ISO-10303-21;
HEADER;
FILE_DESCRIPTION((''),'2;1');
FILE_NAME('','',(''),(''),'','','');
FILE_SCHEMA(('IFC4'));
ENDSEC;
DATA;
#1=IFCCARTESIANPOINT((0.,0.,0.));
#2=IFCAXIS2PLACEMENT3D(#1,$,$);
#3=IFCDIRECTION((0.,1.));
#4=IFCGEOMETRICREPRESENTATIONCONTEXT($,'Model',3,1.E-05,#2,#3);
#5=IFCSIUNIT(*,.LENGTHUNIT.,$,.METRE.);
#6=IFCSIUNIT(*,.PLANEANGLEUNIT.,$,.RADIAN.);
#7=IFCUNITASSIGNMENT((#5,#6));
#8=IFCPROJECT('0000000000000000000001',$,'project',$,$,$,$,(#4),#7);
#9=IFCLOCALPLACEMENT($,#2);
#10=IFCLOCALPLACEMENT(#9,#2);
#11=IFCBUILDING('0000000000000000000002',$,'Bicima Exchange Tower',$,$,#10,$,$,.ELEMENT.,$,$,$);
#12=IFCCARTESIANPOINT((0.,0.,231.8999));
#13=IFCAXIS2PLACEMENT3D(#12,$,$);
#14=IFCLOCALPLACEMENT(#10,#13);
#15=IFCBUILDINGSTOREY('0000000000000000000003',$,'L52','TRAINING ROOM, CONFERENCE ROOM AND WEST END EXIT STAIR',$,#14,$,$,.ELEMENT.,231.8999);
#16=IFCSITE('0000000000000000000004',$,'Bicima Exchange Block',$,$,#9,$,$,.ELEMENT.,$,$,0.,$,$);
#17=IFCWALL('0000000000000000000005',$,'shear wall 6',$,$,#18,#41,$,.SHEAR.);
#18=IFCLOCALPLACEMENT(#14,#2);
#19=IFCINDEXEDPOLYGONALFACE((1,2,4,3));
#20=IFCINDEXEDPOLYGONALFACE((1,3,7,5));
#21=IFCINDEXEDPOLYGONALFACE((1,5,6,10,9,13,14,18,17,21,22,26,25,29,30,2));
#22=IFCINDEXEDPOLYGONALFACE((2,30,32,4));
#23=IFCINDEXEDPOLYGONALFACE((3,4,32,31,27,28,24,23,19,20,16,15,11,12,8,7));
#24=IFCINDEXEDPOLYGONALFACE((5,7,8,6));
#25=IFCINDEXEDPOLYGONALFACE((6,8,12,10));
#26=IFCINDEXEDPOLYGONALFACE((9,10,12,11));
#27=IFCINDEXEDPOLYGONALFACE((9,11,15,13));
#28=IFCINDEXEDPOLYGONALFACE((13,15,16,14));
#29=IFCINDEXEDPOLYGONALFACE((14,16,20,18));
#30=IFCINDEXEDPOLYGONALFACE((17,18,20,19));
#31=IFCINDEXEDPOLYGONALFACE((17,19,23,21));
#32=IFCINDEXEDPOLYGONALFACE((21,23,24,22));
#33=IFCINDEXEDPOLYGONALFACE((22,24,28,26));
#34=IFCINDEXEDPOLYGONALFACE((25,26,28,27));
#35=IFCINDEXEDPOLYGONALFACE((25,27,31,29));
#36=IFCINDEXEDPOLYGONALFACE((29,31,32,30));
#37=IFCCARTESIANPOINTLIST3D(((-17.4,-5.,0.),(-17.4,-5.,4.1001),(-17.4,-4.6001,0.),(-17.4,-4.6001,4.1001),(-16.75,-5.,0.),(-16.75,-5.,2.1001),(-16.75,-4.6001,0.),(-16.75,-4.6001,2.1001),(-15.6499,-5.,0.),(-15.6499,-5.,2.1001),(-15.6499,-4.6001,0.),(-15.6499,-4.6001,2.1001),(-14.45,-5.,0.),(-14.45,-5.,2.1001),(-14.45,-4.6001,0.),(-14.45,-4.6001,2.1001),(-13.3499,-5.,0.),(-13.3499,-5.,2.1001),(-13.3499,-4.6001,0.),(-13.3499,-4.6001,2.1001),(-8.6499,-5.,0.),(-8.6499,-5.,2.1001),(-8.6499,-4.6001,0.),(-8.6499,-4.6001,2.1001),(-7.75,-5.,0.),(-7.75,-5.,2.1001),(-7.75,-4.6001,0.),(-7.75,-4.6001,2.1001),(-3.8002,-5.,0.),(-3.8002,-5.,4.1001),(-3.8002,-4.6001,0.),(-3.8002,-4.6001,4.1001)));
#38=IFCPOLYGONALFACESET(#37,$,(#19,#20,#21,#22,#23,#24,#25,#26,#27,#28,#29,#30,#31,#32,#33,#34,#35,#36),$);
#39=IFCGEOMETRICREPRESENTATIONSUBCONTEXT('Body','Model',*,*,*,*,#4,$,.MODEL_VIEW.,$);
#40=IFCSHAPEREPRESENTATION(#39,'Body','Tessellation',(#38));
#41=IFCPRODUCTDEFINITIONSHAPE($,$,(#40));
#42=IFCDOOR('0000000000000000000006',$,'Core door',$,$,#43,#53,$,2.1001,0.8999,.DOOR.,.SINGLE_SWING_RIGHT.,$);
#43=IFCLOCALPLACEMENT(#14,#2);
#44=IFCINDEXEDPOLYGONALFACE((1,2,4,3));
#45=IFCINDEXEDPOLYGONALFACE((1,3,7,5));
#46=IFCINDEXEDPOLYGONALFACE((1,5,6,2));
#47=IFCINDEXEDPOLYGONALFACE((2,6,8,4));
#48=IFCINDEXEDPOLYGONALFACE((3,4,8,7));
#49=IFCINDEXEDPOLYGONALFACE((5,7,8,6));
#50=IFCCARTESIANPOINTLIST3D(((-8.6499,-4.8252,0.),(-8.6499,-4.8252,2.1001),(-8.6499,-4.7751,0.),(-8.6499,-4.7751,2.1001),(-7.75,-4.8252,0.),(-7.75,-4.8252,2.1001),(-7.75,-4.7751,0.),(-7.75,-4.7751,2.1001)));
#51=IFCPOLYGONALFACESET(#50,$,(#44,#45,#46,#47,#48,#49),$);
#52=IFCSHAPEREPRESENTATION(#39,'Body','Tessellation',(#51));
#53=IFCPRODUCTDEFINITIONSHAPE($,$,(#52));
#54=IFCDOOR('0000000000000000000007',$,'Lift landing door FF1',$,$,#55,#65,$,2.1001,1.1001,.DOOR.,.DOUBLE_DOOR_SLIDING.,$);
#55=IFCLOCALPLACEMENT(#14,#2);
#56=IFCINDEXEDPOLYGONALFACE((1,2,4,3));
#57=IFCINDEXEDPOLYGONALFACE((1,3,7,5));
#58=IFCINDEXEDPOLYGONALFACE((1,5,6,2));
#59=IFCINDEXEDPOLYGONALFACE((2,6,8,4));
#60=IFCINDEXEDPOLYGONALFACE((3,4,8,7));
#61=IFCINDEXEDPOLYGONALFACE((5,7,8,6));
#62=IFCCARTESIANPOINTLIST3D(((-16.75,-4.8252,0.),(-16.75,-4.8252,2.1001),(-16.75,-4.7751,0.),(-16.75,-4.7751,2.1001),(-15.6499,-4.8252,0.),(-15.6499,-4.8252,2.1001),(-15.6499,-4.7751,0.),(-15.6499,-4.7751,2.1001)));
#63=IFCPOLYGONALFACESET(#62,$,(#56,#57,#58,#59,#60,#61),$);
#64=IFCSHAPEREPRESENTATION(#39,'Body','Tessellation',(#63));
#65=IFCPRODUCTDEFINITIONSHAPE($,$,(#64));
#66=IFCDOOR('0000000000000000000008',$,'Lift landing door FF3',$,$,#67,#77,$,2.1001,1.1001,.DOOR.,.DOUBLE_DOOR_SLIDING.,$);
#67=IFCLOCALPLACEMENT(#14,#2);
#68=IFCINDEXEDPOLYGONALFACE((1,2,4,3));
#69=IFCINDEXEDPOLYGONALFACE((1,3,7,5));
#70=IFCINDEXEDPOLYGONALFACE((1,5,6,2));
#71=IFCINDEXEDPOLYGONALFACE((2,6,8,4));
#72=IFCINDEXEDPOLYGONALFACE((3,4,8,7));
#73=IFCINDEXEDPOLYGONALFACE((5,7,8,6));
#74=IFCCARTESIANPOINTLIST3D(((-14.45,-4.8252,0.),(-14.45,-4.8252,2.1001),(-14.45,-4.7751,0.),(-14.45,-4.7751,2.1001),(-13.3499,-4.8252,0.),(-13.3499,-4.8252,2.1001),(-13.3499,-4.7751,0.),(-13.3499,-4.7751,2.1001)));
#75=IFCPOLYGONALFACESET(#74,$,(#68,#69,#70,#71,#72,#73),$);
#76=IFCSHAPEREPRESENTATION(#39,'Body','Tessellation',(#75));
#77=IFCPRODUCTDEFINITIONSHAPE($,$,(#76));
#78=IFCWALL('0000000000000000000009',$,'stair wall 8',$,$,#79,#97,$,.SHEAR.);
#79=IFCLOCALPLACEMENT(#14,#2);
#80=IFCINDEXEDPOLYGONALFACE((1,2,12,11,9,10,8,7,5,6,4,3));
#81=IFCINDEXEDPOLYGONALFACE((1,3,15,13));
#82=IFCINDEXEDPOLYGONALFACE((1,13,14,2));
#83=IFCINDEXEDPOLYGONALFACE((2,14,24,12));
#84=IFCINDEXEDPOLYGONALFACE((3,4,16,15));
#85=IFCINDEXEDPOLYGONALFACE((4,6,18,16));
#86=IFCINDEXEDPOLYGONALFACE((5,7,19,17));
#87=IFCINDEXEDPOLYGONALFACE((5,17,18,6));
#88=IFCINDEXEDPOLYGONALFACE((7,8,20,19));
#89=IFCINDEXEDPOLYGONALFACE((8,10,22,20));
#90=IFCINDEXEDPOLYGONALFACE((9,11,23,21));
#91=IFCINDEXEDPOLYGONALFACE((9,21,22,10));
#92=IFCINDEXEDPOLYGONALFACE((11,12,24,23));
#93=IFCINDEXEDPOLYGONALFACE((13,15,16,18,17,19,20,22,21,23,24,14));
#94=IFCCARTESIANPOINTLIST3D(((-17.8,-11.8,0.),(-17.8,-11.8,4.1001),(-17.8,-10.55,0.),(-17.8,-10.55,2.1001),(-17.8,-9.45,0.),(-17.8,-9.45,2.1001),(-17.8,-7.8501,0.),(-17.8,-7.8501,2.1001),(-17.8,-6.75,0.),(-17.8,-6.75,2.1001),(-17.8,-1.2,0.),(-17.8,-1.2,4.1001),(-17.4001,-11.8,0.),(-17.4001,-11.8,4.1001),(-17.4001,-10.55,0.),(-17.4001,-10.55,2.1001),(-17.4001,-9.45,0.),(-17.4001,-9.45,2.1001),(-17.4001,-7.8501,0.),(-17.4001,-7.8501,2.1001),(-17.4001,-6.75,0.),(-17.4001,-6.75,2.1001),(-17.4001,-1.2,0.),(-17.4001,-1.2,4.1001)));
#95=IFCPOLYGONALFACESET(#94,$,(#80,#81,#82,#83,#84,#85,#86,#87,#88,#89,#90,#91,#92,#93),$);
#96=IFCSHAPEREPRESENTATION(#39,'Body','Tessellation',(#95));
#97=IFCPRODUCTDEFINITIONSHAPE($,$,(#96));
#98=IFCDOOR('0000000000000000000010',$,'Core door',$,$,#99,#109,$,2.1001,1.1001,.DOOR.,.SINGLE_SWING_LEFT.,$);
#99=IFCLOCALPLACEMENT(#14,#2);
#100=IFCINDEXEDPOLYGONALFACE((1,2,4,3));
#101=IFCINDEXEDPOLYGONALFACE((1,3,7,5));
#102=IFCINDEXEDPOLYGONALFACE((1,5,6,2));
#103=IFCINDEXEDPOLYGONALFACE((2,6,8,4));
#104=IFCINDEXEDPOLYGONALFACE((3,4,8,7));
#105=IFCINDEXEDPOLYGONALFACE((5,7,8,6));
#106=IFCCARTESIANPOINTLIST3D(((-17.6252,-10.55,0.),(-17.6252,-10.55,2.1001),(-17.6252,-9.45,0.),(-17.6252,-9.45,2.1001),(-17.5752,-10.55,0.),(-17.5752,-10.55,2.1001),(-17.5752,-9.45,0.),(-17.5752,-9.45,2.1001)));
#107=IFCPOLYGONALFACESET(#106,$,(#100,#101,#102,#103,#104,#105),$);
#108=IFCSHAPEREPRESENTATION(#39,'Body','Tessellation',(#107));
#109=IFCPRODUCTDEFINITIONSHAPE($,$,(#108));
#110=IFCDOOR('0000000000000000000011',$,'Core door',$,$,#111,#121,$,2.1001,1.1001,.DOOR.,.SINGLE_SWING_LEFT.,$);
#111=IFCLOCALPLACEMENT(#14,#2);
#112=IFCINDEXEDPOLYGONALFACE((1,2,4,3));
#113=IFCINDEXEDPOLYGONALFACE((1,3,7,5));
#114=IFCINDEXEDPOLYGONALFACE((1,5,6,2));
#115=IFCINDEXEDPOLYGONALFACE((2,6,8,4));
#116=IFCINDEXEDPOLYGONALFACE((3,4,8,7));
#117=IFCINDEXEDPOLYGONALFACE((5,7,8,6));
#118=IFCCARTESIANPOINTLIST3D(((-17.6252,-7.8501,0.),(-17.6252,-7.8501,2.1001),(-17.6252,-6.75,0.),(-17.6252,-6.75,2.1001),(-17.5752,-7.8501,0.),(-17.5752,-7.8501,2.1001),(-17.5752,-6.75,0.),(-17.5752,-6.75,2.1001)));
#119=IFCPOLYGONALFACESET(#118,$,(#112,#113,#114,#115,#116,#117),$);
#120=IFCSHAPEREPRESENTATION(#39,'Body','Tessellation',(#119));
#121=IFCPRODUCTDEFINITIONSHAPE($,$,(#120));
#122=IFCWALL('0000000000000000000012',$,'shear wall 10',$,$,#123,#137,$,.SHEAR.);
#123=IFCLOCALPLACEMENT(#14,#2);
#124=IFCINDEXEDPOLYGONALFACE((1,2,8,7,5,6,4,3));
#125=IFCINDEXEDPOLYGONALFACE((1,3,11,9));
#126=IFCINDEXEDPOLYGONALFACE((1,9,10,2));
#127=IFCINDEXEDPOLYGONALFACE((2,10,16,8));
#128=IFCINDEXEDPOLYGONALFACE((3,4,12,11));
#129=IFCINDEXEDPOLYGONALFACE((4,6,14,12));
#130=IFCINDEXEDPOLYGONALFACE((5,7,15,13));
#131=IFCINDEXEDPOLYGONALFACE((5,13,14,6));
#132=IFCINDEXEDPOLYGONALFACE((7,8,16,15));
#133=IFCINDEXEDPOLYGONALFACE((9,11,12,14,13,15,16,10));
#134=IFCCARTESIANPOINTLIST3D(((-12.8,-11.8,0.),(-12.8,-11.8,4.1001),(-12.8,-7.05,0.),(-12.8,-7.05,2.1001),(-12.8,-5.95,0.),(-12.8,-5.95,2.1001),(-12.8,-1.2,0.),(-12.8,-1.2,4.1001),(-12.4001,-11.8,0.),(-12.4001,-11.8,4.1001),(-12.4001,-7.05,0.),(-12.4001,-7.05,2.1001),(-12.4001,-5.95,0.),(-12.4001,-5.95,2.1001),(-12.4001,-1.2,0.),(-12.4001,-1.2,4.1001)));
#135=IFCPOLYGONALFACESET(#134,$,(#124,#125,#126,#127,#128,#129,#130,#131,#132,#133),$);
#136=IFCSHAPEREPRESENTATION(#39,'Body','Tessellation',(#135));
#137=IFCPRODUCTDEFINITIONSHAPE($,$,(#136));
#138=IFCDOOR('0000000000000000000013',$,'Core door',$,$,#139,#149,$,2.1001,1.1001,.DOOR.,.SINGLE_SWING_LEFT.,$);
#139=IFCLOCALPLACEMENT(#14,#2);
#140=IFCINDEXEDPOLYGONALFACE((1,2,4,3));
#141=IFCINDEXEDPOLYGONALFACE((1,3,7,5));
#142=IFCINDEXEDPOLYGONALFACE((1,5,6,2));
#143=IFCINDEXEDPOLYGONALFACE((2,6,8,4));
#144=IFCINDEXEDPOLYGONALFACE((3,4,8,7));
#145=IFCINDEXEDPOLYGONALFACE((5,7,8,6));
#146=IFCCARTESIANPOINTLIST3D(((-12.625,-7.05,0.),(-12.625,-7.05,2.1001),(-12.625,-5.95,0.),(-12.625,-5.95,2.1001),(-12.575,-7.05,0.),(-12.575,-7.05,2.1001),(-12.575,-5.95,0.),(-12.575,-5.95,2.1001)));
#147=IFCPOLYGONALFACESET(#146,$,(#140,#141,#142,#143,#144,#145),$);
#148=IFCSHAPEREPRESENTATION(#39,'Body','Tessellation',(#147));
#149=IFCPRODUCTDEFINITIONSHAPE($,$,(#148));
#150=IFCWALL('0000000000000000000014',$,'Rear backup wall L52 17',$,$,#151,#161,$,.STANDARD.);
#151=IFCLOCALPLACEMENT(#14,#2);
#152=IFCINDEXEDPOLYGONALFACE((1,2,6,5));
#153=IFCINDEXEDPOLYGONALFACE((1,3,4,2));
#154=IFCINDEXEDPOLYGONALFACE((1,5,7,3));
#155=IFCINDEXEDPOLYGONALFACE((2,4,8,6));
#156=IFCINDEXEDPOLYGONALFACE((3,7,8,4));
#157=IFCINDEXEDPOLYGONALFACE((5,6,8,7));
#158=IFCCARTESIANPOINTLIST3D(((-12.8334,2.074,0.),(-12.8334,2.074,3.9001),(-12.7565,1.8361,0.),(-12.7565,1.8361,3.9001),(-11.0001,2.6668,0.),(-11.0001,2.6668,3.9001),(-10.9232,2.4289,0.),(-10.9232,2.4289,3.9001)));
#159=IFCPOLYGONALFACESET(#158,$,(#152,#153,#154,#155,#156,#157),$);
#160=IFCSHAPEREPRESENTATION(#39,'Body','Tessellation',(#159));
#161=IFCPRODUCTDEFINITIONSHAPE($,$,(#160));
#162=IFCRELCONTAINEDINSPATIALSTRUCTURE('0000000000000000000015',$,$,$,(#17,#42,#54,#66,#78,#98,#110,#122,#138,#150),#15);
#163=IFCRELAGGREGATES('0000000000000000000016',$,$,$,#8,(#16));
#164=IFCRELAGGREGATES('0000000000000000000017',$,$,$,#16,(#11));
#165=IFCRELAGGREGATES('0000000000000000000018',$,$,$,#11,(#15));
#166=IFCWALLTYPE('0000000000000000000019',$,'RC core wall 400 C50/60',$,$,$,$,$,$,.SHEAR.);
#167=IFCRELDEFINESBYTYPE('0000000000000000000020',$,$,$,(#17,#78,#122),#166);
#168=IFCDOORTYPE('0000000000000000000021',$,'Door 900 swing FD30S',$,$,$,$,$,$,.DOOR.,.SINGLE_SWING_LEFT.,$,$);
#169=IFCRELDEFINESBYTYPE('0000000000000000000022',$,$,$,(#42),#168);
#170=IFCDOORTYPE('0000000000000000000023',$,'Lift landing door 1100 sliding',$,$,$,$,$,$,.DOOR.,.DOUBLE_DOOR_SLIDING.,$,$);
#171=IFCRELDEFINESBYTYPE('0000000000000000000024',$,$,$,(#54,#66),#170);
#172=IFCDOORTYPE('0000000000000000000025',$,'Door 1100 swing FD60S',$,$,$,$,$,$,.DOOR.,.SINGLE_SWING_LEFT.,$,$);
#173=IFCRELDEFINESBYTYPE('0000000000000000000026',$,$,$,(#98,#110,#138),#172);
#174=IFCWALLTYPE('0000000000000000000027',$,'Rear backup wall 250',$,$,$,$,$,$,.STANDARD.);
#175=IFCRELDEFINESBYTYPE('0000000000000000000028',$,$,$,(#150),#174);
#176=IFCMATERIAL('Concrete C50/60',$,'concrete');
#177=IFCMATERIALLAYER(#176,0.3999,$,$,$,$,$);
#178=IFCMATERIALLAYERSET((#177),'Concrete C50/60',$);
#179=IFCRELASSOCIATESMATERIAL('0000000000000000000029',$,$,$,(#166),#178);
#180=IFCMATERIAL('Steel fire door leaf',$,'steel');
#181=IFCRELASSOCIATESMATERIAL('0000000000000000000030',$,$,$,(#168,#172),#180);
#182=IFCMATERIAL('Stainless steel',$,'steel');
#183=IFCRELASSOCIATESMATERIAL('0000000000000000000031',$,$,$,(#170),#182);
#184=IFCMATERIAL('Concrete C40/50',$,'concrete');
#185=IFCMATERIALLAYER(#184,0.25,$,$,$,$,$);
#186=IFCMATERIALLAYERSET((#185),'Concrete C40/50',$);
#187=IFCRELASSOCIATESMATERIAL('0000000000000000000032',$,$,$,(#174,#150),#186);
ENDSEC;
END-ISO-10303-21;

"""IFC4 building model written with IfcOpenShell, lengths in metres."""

from ifc_helpers import new_model, si_unit, direction, frame, frame_2d, origin, place, context, subcontext, project, spatial, rectangle, extrude, material, layer, layer_set, layer_usage, type_object, element, fill, save


model = new_model("IFC4")

# Units and contexts
model_context = context("Model", 3, precision=1e-05, world=origin(), true_north=direction((0.0, 1.0)))
body_context = subcontext(model_context, "Body", "Model", "MODEL_VIEW")
ifc_project = project(units=[si_unit("LENGTHUNIT", "METRE"), si_unit("PLANEANGLEUNIT", "RADIAN")], contexts=[model_context])

# Site, building, storey
site_placement = place(None, origin())
site = spatial("IfcSite", under=ifc_project, at=site_placement, Name="Bicima Exchange Block", CompositionType="ELEMENT", RefElevation=0.0)
building_placement = place(site_placement, origin())
building = spatial("IfcBuilding", under=site, at=building_placement, Name="Bicima Exchange Tower", CompositionType="ELEMENT")
storey_placement = place(building_placement, frame((0.0, 0.0, 231.8999)))
storey = spatial("IfcBuildingStorey", under=building, at=storey_placement, Name="L52", Description="TRAINING ROOM, CONFERENCE ROOM AND WEST END EXIT STAIR", CompositionType="ELEMENT", Elevation=231.8999)

# Walls, openings, doors
ifc_material_1 = material(Name="Concrete C50/60", Category="concrete")
ifc_layer_1 = layer(ifc_material_1, 0.3999)
ifc_layer_set_1 = layer_set([ifc_layer_1], Name="Concrete C50/60")
wall_type_1 = type_object("IfcWallType", Name="RC core wall 400 C50/60", PredefinedType="SHEAR", material=ifc_layer_set_1)
ifc_material_2 = material(Name="Steel fire door leaf", Category="steel")
door_type_1 = type_object("IfcDoorType", Name="Door 900 swing FD30S", OperationType="SINGLE_SWING_LEFT", PredefinedType="DOOR", material=ifc_material_2)
ifc_material_3 = material(Name="Stainless steel", Category="steel")
wall_1_placement = place(storey_placement, frame((-17.3999, -4.8, 0.0), z_axis=(0.0, 0.0, 1.0), x_axis=(1.0, 0.0, 0.0)))
wall_1 = element("IfcWall", 1, at=wall_1_placement, inside=storey, type_object=wall_type_1, Name="shear wall 6", PredefinedType="SHEAR", context=body_context, shape_type="SweptSolid", body=[
    extrude(rectangle(XDim=13.5999, YDim=0.3999, at=frame_2d((6.7998, 0.0))), origin(), (0.0, 0.0, 1.0), 4.1001),
])
opening_1_placement = place(wall_1_placement, frame((0.6499, 0.0, 0.0)))
opening_1 = element("IfcOpeningElement", 2, at=opening_1_placement, cuts=wall_1, PredefinedType="OPENING", context=body_context, shape_type="SweptSolid", body=[
    extrude(rectangle(XDim=1.1001, YDim=2.1001, at=frame_2d((0.55, 1.05))), frame((0.0, 0.2119, 0.0), z_axis=(0.0, -1.0, 0.0), x_axis=(1.0, 0.0, 0.0)), (0.0, 0.0, 1.0), 0.4238),
])
opening_2_placement = place(wall_1_placement, frame((2.95, 0.0, 0.0)))
opening_2 = element("IfcOpeningElement", 3, at=opening_2_placement, cuts=wall_1, PredefinedType="OPENING", context=body_context, shape_type="SweptSolid", body=[
    extrude(rectangle(XDim=1.1001, YDim=2.1001, at=frame_2d((0.55, 1.05))), frame((0.0, 0.2119, 0.0), z_axis=(0.0, -1.0, 0.0), x_axis=(1.0, 0.0, 0.0)), (0.0, 0.0, 1.0), 0.4238),
])
opening_3_placement = place(wall_1_placement, frame((8.75, 0.0, 0.0)))
opening_3 = element("IfcOpeningElement", 4, at=opening_3_placement, cuts=wall_1, PredefinedType="OPENING", context=body_context, shape_type="SweptSolid", body=[
    extrude(rectangle(XDim=0.8999, YDim=2.1001, at=frame_2d((0.45, 1.05))), frame((0.0, 0.2119, 0.0), z_axis=(0.0, -1.0, 0.0), x_axis=(1.0, 0.0, 0.0)), (0.0, 0.0, 1.0), 0.4238),
])
door_1_placement = place(opening_3_placement, origin())
door_1 = element("IfcDoor", 5, at=door_1_placement, inside=storey, type_object=door_type_1, Name="Core door", OperationType="SINGLE_SWING_RIGHT", OverallHeight=2.1001, OverallWidth=0.8999, PredefinedType="DOOR", context=body_context, shape_type="SweptSolid", body=[
    extrude(rectangle(XDim=0.8999, YDim=2.1001, at=frame_2d((0.45, 1.05))), frame((0.0, 0.0249, 0.0), z_axis=(0.0, -1.0, 0.0), x_axis=(1.0, 0.0, 0.0)), (0.0, 0.0, 1.0), 0.05),
])
fill(opening_3, door_1)
door_type_2 = type_object("IfcDoorType", Name="Lift landing door 1100 sliding", OperationType="DOUBLE_DOOR_SLIDING", PredefinedType="DOOR", material=ifc_material_3)
door_2_placement = place(opening_1_placement, origin())
door_2 = element("IfcDoor", 6, at=door_2_placement, inside=storey, type_object=door_type_2, Name="Lift landing door FF1", OperationType="DOUBLE_DOOR_SLIDING", OverallHeight=2.1001, OverallWidth=1.1001, PredefinedType="DOOR", context=body_context, shape_type="SweptSolid", body=[
    extrude(rectangle(XDim=1.1001, YDim=2.1001, at=frame_2d((0.55, 1.05))), frame((0.0, 0.0249, 0.0), z_axis=(0.0, -1.0, 0.0), x_axis=(1.0, 0.0, 0.0)), (0.0, 0.0, 1.0), 0.05),
])
fill(opening_1, door_2)
door_3_placement = place(opening_2_placement, origin())
door_3 = element("IfcDoor", 7, at=door_3_placement, inside=storey, type_object=door_type_2, Name="Lift landing door FF3", OperationType="DOUBLE_DOOR_SLIDING", OverallHeight=2.1001, OverallWidth=1.1001, PredefinedType="DOOR", context=body_context, shape_type="SweptSolid", body=[
    extrude(rectangle(XDim=1.1001, YDim=2.1001, at=frame_2d((0.55, 1.05))), frame((0.0, 0.0249, 0.0), z_axis=(0.0, -1.0, 0.0), x_axis=(1.0, 0.0, 0.0)), (0.0, 0.0, 1.0), 0.05),
])
fill(opening_2, door_3)
wall_2_placement = place(storey_placement, frame((-17.6001, -11.8, 0.0), z_axis=(0.0, 0.0, 1.0), x_axis=(0.0, 1.0, 0.0)))
wall_2 = element("IfcWall", 8, at=wall_2_placement, inside=storey, type_object=wall_type_1, Name="stair wall 8", PredefinedType="SHEAR", context=body_context, shape_type="SweptSolid", body=[
    extrude(rectangle(XDim=10.6001, YDim=0.3999, at=frame_2d((5.3, 0.0))), origin(), (0.0, 0.0, 1.0), 4.1001),
])
opening_4_placement = place(wall_2_placement, frame((1.25, 0.0, 0.0)))
opening_4 = element("IfcOpeningElement", 9, at=opening_4_placement, cuts=wall_2, PredefinedType="OPENING", context=body_context, shape_type="SweptSolid", body=[
    extrude(rectangle(XDim=1.1001, YDim=2.1001, at=frame_2d((0.55, 1.05))), frame((0.0, 0.2119, 0.0), z_axis=(0.0, -1.0, 0.0), x_axis=(1.0, 0.0, 0.0)), (0.0, 0.0, 1.0), 0.4238),
])
opening_5_placement = place(wall_2_placement, frame((3.95, 0.0, 0.0)))
opening_5 = element("IfcOpeningElement", 10, at=opening_5_placement, cuts=wall_2, PredefinedType="OPENING", context=body_context, shape_type="SweptSolid", body=[
    extrude(rectangle(XDim=1.1001, YDim=2.1001, at=frame_2d((0.55, 1.05))), frame((0.0, 0.2119, 0.0), z_axis=(0.0, -1.0, 0.0), x_axis=(1.0, 0.0, 0.0)), (0.0, 0.0, 1.0), 0.4238),
])
door_type_3 = type_object("IfcDoorType", Name="Door 1100 swing FD60S", OperationType="SINGLE_SWING_LEFT", PredefinedType="DOOR", material=ifc_material_2)
door_4_placement = place(opening_4_placement, frame((1.1001, 0.0, 0.0), z_axis=(0.0, 0.0, 1.0), x_axis=(-1.0, 0.0, 0.0)))
door_4 = element("IfcDoor", 11, at=door_4_placement, inside=storey, type_object=door_type_3, Name="Core door", OperationType="SINGLE_SWING_LEFT", OverallHeight=2.1001, OverallWidth=1.1001, PredefinedType="DOOR", context=body_context, shape_type="SweptSolid", body=[
    extrude(rectangle(XDim=1.1001, YDim=2.1001, at=frame_2d((0.55, 1.05))), frame((0.0, 0.0249, 0.0), z_axis=(0.0, -1.0, 0.0), x_axis=(1.0, 0.0, 0.0)), (0.0, 0.0, 1.0), 0.05),
])
fill(opening_4, door_4)
door_5_placement = place(opening_5_placement, frame((1.1001, 0.0, 0.0), z_axis=(0.0, 0.0, 1.0), x_axis=(-1.0, 0.0, 0.0)))
door_5 = element("IfcDoor", 12, at=door_5_placement, inside=storey, type_object=door_type_3, Name="Core door", OperationType="SINGLE_SWING_LEFT", OverallHeight=2.1001, OverallWidth=1.1001, PredefinedType="DOOR", context=body_context, shape_type="SweptSolid", body=[
    extrude(rectangle(XDim=1.1001, YDim=2.1001, at=frame_2d((0.55, 1.05))), frame((0.0, 0.0249, 0.0), z_axis=(0.0, -1.0, 0.0), x_axis=(1.0, 0.0, 0.0)), (0.0, 0.0, 1.0), 0.05),
])
fill(opening_5, door_5)

# Wall, opening, door
wall_3_placement = place(storey_placement, frame((-12.6001, -11.8, 0.0), z_axis=(0.0, 0.0, 1.0), x_axis=(0.0, 1.0, 0.0)))
wall_3 = element("IfcWall", 13, at=wall_3_placement, inside=storey, type_object=wall_type_1, Name="shear wall 10", PredefinedType="SHEAR", context=body_context, shape_type="SweptSolid", body=[
    extrude(rectangle(XDim=10.6001, YDim=0.3999, at=frame_2d((5.3, 0.0))), origin(), (0.0, 0.0, 1.0), 4.1001),
])
opening_6_placement = place(wall_3_placement, frame((4.75, 0.0, 0.0)))
opening_6 = element("IfcOpeningElement", 14, at=opening_6_placement, cuts=wall_3, PredefinedType="OPENING", context=body_context, shape_type="SweptSolid", body=[
    extrude(rectangle(XDim=1.1001, YDim=2.1001, at=frame_2d((0.55, 1.05))), frame((0.0, 0.2119, 0.0), z_axis=(0.0, -1.0, 0.0), x_axis=(1.0, 0.0, 0.0)), (0.0, 0.0, 1.0), 0.4238),
])
door_6_placement = place(opening_6_placement, origin())
door_6 = element("IfcDoor", 15, at=door_6_placement, inside=storey, type_object=door_type_3, Name="Core door", OperationType="SINGLE_SWING_LEFT", OverallHeight=2.1001, OverallWidth=1.1001, PredefinedType="DOOR", context=body_context, shape_type="SweptSolid", body=[
    extrude(rectangle(XDim=1.1001, YDim=2.1001, at=frame_2d((0.55, 1.05))), frame((0.0, 0.0249, 0.0), z_axis=(0.0, -1.0, 0.0), x_axis=(1.0, 0.0, 0.0)), (0.0, 0.0, 1.0), 0.05),
])
fill(opening_6, door_6)

# Wall
ifc_material_4 = material(Name="Concrete C40/50", Category="concrete")
ifc_layer_2 = layer(ifc_material_4, 0.25)
ifc_layer_set_2 = layer_set([ifc_layer_2], Name="Concrete C40/50")
ifc_layer_usage = layer_usage(ifc_layer_set_2, "AXIS2", "POSITIVE", -0.125)
wall_type_2 = type_object("IfcWallType", Name="Rear backup wall 250", PredefinedType="STANDARD", material=ifc_layer_set_2)
wall_4_placement = place(storey_placement, frame((-10.9617, 2.5479, 0.0), z_axis=(0.0, 0.0, 1.0), x_axis=(-0.951496, -0.307662, 0.0)))
element("IfcWall", 16, at=wall_4_placement, inside=storey, type_object=wall_type_2, material=ifc_layer_usage, Name="Rear backup wall L52 17", PredefinedType="STANDARD", context=body_context, shape_type="SweptSolid", body=[
    extrude(rectangle(XDim=1.9268, YDim=0.25, at=frame_2d((0.9634, 0.0))), origin(), (0.0, 0.0, 1.0), 3.9001),
])

save(model, "model.ifc")
